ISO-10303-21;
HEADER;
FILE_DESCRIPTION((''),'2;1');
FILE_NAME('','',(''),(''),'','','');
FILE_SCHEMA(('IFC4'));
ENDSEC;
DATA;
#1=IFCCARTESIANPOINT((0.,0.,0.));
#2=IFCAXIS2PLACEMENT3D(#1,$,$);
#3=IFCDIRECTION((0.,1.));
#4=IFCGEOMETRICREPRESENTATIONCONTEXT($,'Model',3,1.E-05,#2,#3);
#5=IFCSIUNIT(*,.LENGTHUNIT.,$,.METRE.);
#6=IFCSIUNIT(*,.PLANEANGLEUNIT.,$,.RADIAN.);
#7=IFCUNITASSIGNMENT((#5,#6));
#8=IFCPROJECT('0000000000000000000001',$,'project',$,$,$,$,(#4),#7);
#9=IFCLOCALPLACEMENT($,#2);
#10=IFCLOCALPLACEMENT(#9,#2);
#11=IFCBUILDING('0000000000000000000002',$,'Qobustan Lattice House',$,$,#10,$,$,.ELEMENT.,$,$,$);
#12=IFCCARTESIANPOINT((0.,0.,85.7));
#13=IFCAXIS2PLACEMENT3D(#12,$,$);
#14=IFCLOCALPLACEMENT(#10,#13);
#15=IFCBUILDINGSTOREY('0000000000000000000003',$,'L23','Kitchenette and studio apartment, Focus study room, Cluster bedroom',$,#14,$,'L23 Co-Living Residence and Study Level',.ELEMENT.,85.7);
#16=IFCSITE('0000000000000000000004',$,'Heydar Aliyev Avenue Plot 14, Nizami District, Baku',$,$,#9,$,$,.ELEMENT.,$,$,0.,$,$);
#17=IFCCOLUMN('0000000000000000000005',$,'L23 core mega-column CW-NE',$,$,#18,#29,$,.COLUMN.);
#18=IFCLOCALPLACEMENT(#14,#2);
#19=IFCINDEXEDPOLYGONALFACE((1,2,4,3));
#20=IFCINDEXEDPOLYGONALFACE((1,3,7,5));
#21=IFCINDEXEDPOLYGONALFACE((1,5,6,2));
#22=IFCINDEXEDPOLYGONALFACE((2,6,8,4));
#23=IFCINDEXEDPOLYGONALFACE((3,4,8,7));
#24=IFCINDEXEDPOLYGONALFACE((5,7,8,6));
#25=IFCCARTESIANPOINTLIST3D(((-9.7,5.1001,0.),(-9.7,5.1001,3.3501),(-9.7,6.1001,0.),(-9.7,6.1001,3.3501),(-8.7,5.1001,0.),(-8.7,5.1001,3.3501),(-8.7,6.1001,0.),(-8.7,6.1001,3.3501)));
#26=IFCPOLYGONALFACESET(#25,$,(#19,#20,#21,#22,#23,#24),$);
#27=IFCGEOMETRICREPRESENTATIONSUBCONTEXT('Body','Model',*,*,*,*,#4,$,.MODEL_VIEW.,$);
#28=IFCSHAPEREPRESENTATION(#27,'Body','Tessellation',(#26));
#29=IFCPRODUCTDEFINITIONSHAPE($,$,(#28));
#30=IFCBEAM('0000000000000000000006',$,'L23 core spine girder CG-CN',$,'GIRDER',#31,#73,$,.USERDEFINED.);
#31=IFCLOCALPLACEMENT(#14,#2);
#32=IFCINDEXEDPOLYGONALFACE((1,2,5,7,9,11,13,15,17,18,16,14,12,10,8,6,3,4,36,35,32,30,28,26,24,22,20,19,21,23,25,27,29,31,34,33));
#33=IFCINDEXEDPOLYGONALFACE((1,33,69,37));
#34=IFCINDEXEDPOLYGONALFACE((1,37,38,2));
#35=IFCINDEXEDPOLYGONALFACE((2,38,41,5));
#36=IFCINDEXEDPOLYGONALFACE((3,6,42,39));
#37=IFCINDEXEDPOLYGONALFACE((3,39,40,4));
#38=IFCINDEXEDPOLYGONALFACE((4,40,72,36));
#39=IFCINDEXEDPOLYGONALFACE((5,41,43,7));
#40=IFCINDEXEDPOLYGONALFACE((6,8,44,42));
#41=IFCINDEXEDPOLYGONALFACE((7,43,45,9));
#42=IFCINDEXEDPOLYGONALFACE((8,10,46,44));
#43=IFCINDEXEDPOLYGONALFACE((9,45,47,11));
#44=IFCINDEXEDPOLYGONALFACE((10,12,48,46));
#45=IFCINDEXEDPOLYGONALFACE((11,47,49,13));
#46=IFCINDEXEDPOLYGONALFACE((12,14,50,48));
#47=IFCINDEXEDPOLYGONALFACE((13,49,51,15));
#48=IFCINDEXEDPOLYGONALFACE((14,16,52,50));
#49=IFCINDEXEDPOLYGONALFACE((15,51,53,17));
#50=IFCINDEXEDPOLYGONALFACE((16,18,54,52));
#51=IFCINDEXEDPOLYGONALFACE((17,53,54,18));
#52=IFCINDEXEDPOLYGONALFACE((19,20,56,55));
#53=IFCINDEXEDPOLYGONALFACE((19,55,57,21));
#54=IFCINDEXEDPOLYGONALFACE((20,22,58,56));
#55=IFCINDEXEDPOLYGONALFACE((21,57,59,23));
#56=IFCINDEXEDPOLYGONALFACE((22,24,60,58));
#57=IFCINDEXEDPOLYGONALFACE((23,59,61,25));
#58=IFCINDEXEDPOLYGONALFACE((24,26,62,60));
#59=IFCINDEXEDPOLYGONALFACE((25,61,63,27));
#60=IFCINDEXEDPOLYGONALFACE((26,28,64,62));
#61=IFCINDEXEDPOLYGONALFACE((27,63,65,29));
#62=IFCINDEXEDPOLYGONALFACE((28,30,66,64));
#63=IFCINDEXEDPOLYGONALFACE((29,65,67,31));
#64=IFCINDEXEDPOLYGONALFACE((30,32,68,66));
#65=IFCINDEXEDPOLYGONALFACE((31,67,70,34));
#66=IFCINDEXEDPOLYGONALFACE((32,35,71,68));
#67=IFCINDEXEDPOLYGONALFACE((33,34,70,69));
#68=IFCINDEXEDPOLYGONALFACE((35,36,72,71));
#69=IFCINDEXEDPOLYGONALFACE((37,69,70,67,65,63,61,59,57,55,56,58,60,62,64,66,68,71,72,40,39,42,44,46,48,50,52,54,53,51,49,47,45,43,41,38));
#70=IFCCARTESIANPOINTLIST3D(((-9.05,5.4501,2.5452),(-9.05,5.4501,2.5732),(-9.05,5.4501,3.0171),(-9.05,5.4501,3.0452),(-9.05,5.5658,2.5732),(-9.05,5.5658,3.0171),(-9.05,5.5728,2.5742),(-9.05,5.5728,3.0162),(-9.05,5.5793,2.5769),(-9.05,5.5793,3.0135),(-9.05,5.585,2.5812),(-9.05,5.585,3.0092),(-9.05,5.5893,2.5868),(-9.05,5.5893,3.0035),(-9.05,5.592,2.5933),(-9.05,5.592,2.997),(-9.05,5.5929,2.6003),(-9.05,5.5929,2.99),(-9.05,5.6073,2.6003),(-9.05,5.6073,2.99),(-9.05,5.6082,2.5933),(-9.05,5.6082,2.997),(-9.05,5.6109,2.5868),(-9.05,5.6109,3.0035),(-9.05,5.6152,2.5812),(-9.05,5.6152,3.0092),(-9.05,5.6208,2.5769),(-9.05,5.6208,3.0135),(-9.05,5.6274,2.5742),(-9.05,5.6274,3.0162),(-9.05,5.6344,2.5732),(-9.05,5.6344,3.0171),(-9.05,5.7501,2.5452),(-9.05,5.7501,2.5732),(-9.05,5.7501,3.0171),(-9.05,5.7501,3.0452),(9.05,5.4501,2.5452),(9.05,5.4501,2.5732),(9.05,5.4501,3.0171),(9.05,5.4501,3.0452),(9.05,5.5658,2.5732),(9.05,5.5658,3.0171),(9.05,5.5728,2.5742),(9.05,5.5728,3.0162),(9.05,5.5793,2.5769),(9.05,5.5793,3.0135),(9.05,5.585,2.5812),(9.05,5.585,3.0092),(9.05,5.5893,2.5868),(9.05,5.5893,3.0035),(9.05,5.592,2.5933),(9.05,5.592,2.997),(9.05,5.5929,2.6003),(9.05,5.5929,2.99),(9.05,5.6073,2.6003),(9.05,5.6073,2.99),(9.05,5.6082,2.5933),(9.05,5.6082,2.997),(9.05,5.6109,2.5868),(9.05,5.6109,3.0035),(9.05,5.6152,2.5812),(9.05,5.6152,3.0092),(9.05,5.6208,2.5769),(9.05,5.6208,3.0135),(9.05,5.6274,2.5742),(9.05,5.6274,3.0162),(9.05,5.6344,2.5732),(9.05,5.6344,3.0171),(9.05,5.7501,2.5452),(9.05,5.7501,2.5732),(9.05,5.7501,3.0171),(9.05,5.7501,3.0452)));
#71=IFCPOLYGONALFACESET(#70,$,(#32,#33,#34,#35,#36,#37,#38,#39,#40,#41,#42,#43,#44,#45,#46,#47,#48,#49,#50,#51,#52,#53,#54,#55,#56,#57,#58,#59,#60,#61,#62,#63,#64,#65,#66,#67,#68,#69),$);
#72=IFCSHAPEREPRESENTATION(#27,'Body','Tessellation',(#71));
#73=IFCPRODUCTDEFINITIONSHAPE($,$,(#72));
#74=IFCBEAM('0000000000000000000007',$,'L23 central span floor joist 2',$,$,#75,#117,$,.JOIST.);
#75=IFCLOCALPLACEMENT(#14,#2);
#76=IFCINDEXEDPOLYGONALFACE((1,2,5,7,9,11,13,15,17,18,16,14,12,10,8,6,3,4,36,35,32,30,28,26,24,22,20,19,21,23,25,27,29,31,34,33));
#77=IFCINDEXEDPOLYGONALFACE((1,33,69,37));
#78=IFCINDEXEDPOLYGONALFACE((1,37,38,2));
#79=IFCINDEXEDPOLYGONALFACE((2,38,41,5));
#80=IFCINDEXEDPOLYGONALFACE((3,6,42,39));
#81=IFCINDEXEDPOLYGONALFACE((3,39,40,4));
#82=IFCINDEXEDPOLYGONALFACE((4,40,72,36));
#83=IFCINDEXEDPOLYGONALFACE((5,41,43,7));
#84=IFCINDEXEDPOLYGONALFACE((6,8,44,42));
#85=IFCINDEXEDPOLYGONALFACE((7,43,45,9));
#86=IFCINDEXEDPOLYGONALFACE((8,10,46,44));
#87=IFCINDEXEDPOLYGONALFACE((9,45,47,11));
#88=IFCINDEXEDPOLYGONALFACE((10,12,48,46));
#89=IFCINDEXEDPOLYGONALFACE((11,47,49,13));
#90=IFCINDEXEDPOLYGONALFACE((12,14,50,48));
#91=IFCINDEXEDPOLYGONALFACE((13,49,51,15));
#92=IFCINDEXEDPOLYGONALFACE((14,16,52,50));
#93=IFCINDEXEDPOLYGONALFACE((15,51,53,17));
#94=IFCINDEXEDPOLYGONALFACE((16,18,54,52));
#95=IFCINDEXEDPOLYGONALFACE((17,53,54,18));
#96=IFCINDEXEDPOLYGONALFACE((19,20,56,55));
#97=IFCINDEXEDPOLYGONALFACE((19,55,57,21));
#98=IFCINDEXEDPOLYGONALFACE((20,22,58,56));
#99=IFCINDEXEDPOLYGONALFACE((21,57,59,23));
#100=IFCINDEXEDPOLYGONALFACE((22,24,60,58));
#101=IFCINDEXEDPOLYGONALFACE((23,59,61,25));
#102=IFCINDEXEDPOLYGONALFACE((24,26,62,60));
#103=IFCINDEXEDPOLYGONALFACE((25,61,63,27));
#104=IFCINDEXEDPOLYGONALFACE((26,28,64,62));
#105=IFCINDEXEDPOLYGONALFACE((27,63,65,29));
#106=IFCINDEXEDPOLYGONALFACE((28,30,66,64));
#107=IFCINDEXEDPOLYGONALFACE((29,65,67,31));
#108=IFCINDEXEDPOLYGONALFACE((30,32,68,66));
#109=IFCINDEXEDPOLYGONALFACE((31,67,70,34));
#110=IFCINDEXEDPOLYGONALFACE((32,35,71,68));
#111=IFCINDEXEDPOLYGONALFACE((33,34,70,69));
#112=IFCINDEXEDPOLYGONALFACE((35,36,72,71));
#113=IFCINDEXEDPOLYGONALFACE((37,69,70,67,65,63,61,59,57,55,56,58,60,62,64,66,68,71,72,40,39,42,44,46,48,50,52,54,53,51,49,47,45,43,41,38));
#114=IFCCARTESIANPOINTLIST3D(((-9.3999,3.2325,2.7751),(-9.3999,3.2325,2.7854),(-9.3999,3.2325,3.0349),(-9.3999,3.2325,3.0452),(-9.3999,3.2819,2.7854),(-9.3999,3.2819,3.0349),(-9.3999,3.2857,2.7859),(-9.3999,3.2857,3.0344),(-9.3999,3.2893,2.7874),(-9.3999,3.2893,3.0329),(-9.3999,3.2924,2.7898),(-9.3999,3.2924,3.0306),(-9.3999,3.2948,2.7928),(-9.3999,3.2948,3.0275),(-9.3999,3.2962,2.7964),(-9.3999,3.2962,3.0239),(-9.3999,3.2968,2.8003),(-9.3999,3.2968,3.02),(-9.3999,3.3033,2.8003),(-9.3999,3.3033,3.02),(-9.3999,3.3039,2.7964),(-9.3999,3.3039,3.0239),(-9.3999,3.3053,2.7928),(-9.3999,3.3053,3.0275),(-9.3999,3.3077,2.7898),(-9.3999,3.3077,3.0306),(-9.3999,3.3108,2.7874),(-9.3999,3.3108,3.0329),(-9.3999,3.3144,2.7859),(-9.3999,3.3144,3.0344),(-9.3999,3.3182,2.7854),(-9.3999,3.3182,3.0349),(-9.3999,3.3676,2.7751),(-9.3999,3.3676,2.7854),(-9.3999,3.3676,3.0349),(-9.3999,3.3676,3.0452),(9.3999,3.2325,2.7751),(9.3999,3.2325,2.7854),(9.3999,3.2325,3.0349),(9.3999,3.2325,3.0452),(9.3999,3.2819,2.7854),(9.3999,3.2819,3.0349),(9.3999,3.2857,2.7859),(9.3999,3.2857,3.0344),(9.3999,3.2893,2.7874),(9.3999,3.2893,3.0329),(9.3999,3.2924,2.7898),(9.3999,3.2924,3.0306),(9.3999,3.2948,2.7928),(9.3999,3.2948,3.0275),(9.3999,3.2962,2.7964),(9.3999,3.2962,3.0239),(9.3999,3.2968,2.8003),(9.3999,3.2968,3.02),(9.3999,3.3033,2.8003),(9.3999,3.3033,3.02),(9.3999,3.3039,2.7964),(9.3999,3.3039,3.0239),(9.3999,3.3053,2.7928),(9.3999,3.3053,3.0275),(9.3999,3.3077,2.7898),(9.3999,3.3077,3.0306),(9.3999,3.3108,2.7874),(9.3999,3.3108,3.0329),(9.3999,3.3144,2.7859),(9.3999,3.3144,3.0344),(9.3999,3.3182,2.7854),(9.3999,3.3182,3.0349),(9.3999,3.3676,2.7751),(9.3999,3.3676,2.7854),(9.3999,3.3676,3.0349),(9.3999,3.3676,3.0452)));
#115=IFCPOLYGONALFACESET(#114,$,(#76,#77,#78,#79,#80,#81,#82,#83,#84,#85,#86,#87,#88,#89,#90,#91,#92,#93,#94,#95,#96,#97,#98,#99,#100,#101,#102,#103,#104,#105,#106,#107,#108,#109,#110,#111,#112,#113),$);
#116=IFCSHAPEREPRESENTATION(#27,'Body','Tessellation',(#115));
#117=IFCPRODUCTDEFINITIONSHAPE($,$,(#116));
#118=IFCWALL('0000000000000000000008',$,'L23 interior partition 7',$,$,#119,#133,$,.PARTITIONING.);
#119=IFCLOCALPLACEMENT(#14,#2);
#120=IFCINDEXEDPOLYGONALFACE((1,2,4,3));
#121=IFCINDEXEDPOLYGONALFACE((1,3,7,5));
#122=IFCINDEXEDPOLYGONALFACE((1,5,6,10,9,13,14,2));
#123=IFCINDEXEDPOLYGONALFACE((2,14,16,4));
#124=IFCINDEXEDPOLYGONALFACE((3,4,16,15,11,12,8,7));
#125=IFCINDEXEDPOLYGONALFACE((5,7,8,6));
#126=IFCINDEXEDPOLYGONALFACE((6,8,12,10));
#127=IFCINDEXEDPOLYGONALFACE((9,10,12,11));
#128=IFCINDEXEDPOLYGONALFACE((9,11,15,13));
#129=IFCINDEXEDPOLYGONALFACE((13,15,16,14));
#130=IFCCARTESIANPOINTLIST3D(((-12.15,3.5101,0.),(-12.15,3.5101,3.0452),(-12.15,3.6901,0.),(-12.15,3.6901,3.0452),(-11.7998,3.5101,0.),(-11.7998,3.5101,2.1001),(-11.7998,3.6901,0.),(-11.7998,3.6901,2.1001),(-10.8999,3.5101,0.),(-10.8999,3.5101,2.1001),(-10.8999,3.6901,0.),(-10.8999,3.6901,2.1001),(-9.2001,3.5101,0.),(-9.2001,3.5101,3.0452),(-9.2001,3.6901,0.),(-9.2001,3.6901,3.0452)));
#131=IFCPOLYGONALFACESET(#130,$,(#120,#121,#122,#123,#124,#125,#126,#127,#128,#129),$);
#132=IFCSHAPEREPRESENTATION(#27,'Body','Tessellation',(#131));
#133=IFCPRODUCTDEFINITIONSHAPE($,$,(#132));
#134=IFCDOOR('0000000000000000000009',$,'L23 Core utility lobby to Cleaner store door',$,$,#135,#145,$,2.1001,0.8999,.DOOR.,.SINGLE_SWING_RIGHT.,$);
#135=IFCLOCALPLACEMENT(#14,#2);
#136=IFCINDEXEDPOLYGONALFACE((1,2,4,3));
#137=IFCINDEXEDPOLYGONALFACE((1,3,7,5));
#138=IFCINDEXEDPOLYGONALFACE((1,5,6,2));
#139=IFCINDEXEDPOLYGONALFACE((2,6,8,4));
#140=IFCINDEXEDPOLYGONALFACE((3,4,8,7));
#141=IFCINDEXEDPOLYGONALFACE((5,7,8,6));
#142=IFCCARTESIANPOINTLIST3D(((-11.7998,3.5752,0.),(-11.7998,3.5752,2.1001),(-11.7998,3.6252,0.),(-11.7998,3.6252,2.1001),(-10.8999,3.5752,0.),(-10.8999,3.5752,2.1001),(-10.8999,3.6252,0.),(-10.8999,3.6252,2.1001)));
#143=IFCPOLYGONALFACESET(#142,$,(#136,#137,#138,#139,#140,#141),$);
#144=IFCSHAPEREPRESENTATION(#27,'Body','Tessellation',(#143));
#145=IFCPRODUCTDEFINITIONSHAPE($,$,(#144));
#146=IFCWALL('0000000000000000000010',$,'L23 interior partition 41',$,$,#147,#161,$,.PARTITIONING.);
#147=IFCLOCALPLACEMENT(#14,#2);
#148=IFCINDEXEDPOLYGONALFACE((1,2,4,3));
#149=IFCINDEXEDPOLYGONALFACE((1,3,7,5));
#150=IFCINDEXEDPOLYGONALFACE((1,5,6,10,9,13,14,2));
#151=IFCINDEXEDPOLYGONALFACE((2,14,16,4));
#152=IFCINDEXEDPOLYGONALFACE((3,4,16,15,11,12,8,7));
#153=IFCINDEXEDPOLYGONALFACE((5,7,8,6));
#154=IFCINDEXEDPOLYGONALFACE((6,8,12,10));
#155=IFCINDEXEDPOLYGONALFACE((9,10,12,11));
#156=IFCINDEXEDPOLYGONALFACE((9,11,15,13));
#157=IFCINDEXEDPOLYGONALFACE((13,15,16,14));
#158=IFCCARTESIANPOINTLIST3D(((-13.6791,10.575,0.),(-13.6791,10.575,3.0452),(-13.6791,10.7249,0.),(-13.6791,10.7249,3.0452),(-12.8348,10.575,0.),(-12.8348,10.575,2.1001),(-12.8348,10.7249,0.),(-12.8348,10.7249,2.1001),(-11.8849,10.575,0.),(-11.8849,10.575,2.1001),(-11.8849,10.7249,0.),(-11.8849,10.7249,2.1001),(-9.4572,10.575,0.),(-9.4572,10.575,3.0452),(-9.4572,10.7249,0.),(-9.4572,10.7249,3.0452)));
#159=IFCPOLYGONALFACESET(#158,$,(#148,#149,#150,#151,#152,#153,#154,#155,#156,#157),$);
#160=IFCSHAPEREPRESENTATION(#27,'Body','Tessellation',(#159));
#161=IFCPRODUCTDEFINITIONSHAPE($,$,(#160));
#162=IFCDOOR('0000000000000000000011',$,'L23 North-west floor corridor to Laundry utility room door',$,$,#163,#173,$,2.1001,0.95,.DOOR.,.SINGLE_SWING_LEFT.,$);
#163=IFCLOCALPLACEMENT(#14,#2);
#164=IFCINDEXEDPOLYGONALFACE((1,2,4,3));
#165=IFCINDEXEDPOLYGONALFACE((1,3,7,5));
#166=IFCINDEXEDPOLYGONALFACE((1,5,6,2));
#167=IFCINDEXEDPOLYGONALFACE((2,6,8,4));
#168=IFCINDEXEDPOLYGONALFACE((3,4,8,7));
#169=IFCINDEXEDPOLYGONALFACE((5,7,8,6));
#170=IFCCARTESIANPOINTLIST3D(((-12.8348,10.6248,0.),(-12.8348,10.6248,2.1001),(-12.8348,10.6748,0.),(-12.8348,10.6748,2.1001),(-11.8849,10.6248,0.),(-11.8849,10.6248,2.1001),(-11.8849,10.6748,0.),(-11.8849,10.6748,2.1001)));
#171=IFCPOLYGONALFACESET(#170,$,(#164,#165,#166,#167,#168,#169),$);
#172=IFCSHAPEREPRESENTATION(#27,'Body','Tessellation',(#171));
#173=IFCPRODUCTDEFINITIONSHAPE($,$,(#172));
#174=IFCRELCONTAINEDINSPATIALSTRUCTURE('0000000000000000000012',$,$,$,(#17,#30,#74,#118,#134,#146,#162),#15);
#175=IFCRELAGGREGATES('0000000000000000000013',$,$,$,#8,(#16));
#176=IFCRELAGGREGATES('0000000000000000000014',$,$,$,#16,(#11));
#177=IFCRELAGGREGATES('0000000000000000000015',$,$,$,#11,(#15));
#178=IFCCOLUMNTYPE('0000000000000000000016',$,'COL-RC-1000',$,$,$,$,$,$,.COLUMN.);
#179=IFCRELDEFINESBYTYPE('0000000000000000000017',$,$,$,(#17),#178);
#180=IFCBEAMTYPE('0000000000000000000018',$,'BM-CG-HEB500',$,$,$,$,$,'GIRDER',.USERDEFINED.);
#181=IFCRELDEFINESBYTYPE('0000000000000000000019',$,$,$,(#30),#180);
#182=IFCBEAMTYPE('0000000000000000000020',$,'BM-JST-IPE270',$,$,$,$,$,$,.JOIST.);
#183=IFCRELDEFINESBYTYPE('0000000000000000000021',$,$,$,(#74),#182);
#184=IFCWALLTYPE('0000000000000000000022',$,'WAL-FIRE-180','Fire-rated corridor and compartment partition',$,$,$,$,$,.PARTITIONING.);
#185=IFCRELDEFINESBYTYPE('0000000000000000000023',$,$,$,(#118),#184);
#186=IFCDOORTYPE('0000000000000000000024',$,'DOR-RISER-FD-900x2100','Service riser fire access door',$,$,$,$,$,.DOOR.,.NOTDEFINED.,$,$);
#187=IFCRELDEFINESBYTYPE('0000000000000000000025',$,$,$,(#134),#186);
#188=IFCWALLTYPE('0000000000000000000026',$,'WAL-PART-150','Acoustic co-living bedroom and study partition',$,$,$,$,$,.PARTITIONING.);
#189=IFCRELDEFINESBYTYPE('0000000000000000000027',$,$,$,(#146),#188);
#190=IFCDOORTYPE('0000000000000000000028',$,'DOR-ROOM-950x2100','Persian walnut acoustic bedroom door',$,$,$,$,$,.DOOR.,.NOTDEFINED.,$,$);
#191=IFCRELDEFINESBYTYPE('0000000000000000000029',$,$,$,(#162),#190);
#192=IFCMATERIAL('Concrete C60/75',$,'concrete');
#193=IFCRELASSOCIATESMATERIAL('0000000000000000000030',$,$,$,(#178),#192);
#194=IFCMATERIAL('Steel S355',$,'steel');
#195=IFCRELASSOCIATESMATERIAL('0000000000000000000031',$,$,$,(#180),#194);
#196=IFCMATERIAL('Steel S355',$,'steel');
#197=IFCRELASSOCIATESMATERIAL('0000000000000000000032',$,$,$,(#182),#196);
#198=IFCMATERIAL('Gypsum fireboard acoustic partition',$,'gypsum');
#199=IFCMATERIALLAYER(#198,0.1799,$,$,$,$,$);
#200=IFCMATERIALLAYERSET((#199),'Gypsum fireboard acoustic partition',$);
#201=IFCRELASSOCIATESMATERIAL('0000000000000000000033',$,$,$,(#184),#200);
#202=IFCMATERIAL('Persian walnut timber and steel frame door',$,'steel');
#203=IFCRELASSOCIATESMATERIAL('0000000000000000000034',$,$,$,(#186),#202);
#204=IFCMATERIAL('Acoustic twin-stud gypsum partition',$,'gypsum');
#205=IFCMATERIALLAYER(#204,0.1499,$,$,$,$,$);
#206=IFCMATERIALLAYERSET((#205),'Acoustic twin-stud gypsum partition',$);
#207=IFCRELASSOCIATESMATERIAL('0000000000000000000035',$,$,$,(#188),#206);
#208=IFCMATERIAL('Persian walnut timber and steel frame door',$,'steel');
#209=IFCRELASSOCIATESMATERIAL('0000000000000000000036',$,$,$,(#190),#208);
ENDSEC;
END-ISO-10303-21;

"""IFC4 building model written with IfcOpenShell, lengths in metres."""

from ifc_helpers import new_model, si_unit, direction, frame, frame_2d, origin, origin_2d, place, context, subcontext, project, spatial, rectangle, i_section, extrude, material, layer, layer_set, material_profile, profile_set, type_object, element, fill, save


model = new_model("IFC4")

# Units and contexts
model_context = context("Model", 3, precision=1e-05, world=origin(), true_north=direction((0.0, 1.0)))
body_context = subcontext(model_context, "Body", "Model", "MODEL_VIEW")
ifc_project = project(units=[si_unit("LENGTHUNIT", "METRE"), si_unit("PLANEANGLEUNIT", "RADIAN")], contexts=[model_context])

# Site, building, storey
site_placement = place(None, origin())
site = spatial("IfcSite", under=ifc_project, at=site_placement, Name="Heydar Aliyev Avenue Plot 14, Nizami District, Baku", CompositionType="ELEMENT", RefElevation=0.0)
building_placement = place(site_placement, origin())
building = spatial("IfcBuilding", under=site, at=building_placement, Name="Qobustan Lattice House", CompositionType="ELEMENT")
storey_placement = place(building_placement, frame((0.0, 0.0, 85.7)))
storey = spatial("IfcBuildingStorey", under=building, at=storey_placement, Name="L23", Description="Kitchenette and studio apartment, Focus study room, Cluster bedroom", LongName="L23 Co-Living Residence and Study Level", CompositionType="ELEMENT", Elevation=85.7)

# Column
ifc_material_1 = material(Name="Concrete C60/75", Category="concrete")
ifc_material_profile_1 = material_profile(ifc_material_1, rectangle(XDim=1.0, YDim=1.0, at=origin_2d()), Name="RC1000x1000")
ifc_profile_set_1 = profile_set([ifc_material_profile_1], Name="Concrete C60/75")
column_type = type_object("IfcColumnType", Name="COL-RC-1000", PredefinedType="COLUMN", material=ifc_profile_set_1)
column_placement = place(storey_placement, frame((-9.2, 5.6001, 0.0), z_axis=(0.0, 0.0, 1.0), x_axis=(1.0, 0.0, 0.0)))
element("IfcColumn", 1, at=column_placement, inside=storey, type_object=column_type, Name="L23 core mega-column CW-NE", PredefinedType="COLUMN", context=body_context, shape_type="SweptSolid", body=[
    extrude(rectangle(XDim=1.0, YDim=1.0, at=origin_2d()), origin(), (0.0, 0.0, 1.0), 3.3501),
])

# Beams
ifc_material_2 = material(Name="Steel S355", Category="steel")
ifc_material_profile_2 = material_profile(ifc_material_2, i_section(OverallWidth=0.3, OverallDepth=0.5, WebThickness=0.0144, FlangeThickness=0.0281, FilletRadius=0.0271, at=origin_2d()), Name="HEB500")
ifc_profile_set_2 = profile_set([ifc_material_profile_2], Name="Steel S355")
beam_type_1 = type_object("IfcBeamType", Name="BM-CG-HEB500", ElementType="GIRDER", PredefinedType="USERDEFINED", material=ifc_profile_set_2)
beam_1_placement = place(storey_placement, frame((-9.05, 5.6001, 2.7952), z_axis=(1.0, 0.0, 0.0), x_axis=(0.0, 1.0, 0.0)))
element("IfcBeam", 2, at=beam_1_placement, inside=storey, type_object=beam_type_1, Name="L23 core spine girder CG-CN", ObjectType="GIRDER", PredefinedType="USERDEFINED", context=body_context, shape_type="SweptSolid", body=[
    extrude(i_section(OverallWidth=0.3, OverallDepth=0.5, WebThickness=0.0144, FlangeThickness=0.0281, FilletRadius=0.0271, at=origin_2d()), origin(), (0.0, 0.0, 1.0), 18.1001),
])
ifc_material_3 = material(Name="Steel S355", Category="steel")
ifc_material_profile_3 = material_profile(ifc_material_3, i_section(OverallWidth=0.135, OverallDepth=0.27, WebThickness=0.0066, FlangeThickness=0.0103, FilletRadius=0.0149, at=origin_2d()), Name="IPE270")
ifc_profile_set_3 = profile_set([ifc_material_profile_3], Name="Steel S355")
beam_type_2 = type_object("IfcBeamType", Name="BM-JST-IPE270", PredefinedType="JOIST", material=ifc_profile_set_3)
beam_2_placement = place(storey_placement, frame((-9.3999, 3.3, 2.9102), z_axis=(1.0, 0.0, 0.0), x_axis=(0.0, 1.0, 0.0)))
element("IfcBeam", 3, at=beam_2_placement, inside=storey, type_object=beam_type_2, Name="L23 central span floor joist 2", PredefinedType="JOIST", context=body_context, shape_type="SweptSolid", body=[
    extrude(i_section(OverallWidth=0.135, OverallDepth=0.27, WebThickness=0.0066, FlangeThickness=0.0103, FilletRadius=0.0149, at=origin_2d()), origin(), (0.0, 0.0, 1.0), 18.7998),
])

# Walls, openings, doors
ifc_material_4 = material(Name="Gypsum fireboard acoustic partition", Category="gypsum")
ifc_layer_1 = layer(ifc_material_4, 0.1799)
ifc_layer_set_1 = layer_set([ifc_layer_1], Name="Gypsum fireboard acoustic partition")
wall_type_1 = type_object("IfcWallType", Name="WAL-FIRE-180", Description="Fire-rated corridor and compartment partition", PredefinedType="PARTITIONING", material=ifc_layer_set_1)
wall_1_placement = place(storey_placement, frame((-9.2, 3.6001, 0.0), z_axis=(0.0, 0.0, 1.0), x_axis=(-1.0, 0.0, 0.0)))
wall_1 = element("IfcWall", 4, at=wall_1_placement, inside=storey, type_object=wall_type_1, Name="L23 interior partition 7", PredefinedType="PARTITIONING", context=body_context, shape_type="SweptSolid", body=[
    extrude(rectangle(XDim=2.95, YDim=0.1799, at=frame_2d((1.4751, 0.0))), origin(), (0.0, 0.0, 1.0), 3.0452),
])
opening_1_placement = place(wall_1_placement, frame((1.7, 0.0, 0.0)))
opening_1 = element("IfcOpeningElement", 5, at=opening_1_placement, cuts=wall_1, PredefinedType="OPENING", context=body_context, shape_type="SweptSolid", body=[
    extrude(rectangle(XDim=0.8999, YDim=2.1001, at=frame_2d((0.45, 1.05))), frame((0.0, 0.0999, 0.0), z_axis=(0.0, -1.0, 0.0), x_axis=(1.0, 0.0, 0.0)), (0.0, 0.0, 1.0), 0.2),
])
ifc_material_5 = material(Name="Persian walnut timber and steel frame door", Category="steel")
door_type_1 = type_object("IfcDoorType", Name="DOR-RISER-FD-900x2100", Description="Service riser fire access door", OperationType="NOTDEFINED", PredefinedType="DOOR", material=ifc_material_5)
door_1_placement = place(opening_1_placement, origin())
door_1 = element("IfcDoor", 6, at=door_1_placement, inside=storey, type_object=door_type_1, Name="L23 Core utility lobby to Cleaner store door", OperationType="SINGLE_SWING_RIGHT", OverallHeight=2.1001, OverallWidth=0.8999, PredefinedType="DOOR", context=body_context, shape_type="SweptSolid", body=[
    extrude(rectangle(XDim=0.8999, YDim=2.1001, at=frame_2d((0.45, 1.05))), frame((0.0, 0.0249, 0.0), z_axis=(0.0, -1.0, 0.0), x_axis=(1.0, 0.0, 0.0)), (0.0, 0.0, 1.0), 0.05),
])
fill(opening_1, door_1)
ifc_material_6 = material(Name="Acoustic twin-stud gypsum partition", Category="gypsum")
ifc_layer_2 = layer(ifc_material_6, 0.1499)
ifc_layer_set_2 = layer_set([ifc_layer_2], Name="Acoustic twin-stud gypsum partition")
wall_type_2 = type_object("IfcWallType", Name="WAL-PART-150", Description="Acoustic co-living bedroom and study partition", PredefinedType="PARTITIONING", material=ifc_layer_set_2)
wall_2_placement = place(storey_placement, frame((-13.679, 10.6499, 0.0), z_axis=(0.0, 0.0, 1.0), x_axis=(1.0, 0.0, 0.0)))
wall_2 = element("IfcWall", 7, at=wall_2_placement, inside=storey, type_object=wall_type_2, Name="L23 interior partition 41", PredefinedType="PARTITIONING", context=body_context, shape_type="SweptSolid", body=[
    extrude(rectangle(XDim=4.2219, YDim=0.1499, at=frame_2d((2.1108, 0.0))), origin(), (0.0, 0.0, 1.0), 3.0452),
])
opening_2_placement = place(wall_2_placement, frame((0.844, 0.0, 0.0)))
opening_2 = element("IfcOpeningElement", 8, at=opening_2_placement, cuts=wall_2, PredefinedType="OPENING", context=body_context, shape_type="SweptSolid", body=[
    extrude(rectangle(XDim=0.95, YDim=2.1001, at=frame_2d((0.4751, 1.05))), frame((0.0, 0.085, 0.0), z_axis=(0.0, -1.0, 0.0), x_axis=(1.0, 0.0, 0.0)), (0.0, 0.0, 1.0), 0.1699),
])
ifc_material_7 = material(Name="Persian walnut timber and steel frame door", Category="steel")
door_type_2 = type_object("IfcDoorType", Name="DOR-ROOM-950x2100", Description="Persian walnut acoustic bedroom door", OperationType="NOTDEFINED", PredefinedType="DOOR", material=ifc_material_7)
door_2_placement = place(opening_2_placement, origin())
door_2 = element("IfcDoor", 9, at=door_2_placement, inside=storey, type_object=door_type_2, Name="L23 North-west floor corridor to Laundry utility room door", OperationType="SINGLE_SWING_LEFT", OverallHeight=2.1001, OverallWidth=0.95, PredefinedType="DOOR", context=body_context, shape_type="SweptSolid", body=[
    extrude(rectangle(XDim=0.95, YDim=2.1001, at=frame_2d((0.4751, 1.05))), frame((0.0, 0.0249, 0.0), z_axis=(0.0, -1.0, 0.0), x_axis=(1.0, 0.0, 0.0)), (0.0, 0.0, 1.0), 0.05),
])
fill(opening_2, door_2)

save(model, "model.ifc")
